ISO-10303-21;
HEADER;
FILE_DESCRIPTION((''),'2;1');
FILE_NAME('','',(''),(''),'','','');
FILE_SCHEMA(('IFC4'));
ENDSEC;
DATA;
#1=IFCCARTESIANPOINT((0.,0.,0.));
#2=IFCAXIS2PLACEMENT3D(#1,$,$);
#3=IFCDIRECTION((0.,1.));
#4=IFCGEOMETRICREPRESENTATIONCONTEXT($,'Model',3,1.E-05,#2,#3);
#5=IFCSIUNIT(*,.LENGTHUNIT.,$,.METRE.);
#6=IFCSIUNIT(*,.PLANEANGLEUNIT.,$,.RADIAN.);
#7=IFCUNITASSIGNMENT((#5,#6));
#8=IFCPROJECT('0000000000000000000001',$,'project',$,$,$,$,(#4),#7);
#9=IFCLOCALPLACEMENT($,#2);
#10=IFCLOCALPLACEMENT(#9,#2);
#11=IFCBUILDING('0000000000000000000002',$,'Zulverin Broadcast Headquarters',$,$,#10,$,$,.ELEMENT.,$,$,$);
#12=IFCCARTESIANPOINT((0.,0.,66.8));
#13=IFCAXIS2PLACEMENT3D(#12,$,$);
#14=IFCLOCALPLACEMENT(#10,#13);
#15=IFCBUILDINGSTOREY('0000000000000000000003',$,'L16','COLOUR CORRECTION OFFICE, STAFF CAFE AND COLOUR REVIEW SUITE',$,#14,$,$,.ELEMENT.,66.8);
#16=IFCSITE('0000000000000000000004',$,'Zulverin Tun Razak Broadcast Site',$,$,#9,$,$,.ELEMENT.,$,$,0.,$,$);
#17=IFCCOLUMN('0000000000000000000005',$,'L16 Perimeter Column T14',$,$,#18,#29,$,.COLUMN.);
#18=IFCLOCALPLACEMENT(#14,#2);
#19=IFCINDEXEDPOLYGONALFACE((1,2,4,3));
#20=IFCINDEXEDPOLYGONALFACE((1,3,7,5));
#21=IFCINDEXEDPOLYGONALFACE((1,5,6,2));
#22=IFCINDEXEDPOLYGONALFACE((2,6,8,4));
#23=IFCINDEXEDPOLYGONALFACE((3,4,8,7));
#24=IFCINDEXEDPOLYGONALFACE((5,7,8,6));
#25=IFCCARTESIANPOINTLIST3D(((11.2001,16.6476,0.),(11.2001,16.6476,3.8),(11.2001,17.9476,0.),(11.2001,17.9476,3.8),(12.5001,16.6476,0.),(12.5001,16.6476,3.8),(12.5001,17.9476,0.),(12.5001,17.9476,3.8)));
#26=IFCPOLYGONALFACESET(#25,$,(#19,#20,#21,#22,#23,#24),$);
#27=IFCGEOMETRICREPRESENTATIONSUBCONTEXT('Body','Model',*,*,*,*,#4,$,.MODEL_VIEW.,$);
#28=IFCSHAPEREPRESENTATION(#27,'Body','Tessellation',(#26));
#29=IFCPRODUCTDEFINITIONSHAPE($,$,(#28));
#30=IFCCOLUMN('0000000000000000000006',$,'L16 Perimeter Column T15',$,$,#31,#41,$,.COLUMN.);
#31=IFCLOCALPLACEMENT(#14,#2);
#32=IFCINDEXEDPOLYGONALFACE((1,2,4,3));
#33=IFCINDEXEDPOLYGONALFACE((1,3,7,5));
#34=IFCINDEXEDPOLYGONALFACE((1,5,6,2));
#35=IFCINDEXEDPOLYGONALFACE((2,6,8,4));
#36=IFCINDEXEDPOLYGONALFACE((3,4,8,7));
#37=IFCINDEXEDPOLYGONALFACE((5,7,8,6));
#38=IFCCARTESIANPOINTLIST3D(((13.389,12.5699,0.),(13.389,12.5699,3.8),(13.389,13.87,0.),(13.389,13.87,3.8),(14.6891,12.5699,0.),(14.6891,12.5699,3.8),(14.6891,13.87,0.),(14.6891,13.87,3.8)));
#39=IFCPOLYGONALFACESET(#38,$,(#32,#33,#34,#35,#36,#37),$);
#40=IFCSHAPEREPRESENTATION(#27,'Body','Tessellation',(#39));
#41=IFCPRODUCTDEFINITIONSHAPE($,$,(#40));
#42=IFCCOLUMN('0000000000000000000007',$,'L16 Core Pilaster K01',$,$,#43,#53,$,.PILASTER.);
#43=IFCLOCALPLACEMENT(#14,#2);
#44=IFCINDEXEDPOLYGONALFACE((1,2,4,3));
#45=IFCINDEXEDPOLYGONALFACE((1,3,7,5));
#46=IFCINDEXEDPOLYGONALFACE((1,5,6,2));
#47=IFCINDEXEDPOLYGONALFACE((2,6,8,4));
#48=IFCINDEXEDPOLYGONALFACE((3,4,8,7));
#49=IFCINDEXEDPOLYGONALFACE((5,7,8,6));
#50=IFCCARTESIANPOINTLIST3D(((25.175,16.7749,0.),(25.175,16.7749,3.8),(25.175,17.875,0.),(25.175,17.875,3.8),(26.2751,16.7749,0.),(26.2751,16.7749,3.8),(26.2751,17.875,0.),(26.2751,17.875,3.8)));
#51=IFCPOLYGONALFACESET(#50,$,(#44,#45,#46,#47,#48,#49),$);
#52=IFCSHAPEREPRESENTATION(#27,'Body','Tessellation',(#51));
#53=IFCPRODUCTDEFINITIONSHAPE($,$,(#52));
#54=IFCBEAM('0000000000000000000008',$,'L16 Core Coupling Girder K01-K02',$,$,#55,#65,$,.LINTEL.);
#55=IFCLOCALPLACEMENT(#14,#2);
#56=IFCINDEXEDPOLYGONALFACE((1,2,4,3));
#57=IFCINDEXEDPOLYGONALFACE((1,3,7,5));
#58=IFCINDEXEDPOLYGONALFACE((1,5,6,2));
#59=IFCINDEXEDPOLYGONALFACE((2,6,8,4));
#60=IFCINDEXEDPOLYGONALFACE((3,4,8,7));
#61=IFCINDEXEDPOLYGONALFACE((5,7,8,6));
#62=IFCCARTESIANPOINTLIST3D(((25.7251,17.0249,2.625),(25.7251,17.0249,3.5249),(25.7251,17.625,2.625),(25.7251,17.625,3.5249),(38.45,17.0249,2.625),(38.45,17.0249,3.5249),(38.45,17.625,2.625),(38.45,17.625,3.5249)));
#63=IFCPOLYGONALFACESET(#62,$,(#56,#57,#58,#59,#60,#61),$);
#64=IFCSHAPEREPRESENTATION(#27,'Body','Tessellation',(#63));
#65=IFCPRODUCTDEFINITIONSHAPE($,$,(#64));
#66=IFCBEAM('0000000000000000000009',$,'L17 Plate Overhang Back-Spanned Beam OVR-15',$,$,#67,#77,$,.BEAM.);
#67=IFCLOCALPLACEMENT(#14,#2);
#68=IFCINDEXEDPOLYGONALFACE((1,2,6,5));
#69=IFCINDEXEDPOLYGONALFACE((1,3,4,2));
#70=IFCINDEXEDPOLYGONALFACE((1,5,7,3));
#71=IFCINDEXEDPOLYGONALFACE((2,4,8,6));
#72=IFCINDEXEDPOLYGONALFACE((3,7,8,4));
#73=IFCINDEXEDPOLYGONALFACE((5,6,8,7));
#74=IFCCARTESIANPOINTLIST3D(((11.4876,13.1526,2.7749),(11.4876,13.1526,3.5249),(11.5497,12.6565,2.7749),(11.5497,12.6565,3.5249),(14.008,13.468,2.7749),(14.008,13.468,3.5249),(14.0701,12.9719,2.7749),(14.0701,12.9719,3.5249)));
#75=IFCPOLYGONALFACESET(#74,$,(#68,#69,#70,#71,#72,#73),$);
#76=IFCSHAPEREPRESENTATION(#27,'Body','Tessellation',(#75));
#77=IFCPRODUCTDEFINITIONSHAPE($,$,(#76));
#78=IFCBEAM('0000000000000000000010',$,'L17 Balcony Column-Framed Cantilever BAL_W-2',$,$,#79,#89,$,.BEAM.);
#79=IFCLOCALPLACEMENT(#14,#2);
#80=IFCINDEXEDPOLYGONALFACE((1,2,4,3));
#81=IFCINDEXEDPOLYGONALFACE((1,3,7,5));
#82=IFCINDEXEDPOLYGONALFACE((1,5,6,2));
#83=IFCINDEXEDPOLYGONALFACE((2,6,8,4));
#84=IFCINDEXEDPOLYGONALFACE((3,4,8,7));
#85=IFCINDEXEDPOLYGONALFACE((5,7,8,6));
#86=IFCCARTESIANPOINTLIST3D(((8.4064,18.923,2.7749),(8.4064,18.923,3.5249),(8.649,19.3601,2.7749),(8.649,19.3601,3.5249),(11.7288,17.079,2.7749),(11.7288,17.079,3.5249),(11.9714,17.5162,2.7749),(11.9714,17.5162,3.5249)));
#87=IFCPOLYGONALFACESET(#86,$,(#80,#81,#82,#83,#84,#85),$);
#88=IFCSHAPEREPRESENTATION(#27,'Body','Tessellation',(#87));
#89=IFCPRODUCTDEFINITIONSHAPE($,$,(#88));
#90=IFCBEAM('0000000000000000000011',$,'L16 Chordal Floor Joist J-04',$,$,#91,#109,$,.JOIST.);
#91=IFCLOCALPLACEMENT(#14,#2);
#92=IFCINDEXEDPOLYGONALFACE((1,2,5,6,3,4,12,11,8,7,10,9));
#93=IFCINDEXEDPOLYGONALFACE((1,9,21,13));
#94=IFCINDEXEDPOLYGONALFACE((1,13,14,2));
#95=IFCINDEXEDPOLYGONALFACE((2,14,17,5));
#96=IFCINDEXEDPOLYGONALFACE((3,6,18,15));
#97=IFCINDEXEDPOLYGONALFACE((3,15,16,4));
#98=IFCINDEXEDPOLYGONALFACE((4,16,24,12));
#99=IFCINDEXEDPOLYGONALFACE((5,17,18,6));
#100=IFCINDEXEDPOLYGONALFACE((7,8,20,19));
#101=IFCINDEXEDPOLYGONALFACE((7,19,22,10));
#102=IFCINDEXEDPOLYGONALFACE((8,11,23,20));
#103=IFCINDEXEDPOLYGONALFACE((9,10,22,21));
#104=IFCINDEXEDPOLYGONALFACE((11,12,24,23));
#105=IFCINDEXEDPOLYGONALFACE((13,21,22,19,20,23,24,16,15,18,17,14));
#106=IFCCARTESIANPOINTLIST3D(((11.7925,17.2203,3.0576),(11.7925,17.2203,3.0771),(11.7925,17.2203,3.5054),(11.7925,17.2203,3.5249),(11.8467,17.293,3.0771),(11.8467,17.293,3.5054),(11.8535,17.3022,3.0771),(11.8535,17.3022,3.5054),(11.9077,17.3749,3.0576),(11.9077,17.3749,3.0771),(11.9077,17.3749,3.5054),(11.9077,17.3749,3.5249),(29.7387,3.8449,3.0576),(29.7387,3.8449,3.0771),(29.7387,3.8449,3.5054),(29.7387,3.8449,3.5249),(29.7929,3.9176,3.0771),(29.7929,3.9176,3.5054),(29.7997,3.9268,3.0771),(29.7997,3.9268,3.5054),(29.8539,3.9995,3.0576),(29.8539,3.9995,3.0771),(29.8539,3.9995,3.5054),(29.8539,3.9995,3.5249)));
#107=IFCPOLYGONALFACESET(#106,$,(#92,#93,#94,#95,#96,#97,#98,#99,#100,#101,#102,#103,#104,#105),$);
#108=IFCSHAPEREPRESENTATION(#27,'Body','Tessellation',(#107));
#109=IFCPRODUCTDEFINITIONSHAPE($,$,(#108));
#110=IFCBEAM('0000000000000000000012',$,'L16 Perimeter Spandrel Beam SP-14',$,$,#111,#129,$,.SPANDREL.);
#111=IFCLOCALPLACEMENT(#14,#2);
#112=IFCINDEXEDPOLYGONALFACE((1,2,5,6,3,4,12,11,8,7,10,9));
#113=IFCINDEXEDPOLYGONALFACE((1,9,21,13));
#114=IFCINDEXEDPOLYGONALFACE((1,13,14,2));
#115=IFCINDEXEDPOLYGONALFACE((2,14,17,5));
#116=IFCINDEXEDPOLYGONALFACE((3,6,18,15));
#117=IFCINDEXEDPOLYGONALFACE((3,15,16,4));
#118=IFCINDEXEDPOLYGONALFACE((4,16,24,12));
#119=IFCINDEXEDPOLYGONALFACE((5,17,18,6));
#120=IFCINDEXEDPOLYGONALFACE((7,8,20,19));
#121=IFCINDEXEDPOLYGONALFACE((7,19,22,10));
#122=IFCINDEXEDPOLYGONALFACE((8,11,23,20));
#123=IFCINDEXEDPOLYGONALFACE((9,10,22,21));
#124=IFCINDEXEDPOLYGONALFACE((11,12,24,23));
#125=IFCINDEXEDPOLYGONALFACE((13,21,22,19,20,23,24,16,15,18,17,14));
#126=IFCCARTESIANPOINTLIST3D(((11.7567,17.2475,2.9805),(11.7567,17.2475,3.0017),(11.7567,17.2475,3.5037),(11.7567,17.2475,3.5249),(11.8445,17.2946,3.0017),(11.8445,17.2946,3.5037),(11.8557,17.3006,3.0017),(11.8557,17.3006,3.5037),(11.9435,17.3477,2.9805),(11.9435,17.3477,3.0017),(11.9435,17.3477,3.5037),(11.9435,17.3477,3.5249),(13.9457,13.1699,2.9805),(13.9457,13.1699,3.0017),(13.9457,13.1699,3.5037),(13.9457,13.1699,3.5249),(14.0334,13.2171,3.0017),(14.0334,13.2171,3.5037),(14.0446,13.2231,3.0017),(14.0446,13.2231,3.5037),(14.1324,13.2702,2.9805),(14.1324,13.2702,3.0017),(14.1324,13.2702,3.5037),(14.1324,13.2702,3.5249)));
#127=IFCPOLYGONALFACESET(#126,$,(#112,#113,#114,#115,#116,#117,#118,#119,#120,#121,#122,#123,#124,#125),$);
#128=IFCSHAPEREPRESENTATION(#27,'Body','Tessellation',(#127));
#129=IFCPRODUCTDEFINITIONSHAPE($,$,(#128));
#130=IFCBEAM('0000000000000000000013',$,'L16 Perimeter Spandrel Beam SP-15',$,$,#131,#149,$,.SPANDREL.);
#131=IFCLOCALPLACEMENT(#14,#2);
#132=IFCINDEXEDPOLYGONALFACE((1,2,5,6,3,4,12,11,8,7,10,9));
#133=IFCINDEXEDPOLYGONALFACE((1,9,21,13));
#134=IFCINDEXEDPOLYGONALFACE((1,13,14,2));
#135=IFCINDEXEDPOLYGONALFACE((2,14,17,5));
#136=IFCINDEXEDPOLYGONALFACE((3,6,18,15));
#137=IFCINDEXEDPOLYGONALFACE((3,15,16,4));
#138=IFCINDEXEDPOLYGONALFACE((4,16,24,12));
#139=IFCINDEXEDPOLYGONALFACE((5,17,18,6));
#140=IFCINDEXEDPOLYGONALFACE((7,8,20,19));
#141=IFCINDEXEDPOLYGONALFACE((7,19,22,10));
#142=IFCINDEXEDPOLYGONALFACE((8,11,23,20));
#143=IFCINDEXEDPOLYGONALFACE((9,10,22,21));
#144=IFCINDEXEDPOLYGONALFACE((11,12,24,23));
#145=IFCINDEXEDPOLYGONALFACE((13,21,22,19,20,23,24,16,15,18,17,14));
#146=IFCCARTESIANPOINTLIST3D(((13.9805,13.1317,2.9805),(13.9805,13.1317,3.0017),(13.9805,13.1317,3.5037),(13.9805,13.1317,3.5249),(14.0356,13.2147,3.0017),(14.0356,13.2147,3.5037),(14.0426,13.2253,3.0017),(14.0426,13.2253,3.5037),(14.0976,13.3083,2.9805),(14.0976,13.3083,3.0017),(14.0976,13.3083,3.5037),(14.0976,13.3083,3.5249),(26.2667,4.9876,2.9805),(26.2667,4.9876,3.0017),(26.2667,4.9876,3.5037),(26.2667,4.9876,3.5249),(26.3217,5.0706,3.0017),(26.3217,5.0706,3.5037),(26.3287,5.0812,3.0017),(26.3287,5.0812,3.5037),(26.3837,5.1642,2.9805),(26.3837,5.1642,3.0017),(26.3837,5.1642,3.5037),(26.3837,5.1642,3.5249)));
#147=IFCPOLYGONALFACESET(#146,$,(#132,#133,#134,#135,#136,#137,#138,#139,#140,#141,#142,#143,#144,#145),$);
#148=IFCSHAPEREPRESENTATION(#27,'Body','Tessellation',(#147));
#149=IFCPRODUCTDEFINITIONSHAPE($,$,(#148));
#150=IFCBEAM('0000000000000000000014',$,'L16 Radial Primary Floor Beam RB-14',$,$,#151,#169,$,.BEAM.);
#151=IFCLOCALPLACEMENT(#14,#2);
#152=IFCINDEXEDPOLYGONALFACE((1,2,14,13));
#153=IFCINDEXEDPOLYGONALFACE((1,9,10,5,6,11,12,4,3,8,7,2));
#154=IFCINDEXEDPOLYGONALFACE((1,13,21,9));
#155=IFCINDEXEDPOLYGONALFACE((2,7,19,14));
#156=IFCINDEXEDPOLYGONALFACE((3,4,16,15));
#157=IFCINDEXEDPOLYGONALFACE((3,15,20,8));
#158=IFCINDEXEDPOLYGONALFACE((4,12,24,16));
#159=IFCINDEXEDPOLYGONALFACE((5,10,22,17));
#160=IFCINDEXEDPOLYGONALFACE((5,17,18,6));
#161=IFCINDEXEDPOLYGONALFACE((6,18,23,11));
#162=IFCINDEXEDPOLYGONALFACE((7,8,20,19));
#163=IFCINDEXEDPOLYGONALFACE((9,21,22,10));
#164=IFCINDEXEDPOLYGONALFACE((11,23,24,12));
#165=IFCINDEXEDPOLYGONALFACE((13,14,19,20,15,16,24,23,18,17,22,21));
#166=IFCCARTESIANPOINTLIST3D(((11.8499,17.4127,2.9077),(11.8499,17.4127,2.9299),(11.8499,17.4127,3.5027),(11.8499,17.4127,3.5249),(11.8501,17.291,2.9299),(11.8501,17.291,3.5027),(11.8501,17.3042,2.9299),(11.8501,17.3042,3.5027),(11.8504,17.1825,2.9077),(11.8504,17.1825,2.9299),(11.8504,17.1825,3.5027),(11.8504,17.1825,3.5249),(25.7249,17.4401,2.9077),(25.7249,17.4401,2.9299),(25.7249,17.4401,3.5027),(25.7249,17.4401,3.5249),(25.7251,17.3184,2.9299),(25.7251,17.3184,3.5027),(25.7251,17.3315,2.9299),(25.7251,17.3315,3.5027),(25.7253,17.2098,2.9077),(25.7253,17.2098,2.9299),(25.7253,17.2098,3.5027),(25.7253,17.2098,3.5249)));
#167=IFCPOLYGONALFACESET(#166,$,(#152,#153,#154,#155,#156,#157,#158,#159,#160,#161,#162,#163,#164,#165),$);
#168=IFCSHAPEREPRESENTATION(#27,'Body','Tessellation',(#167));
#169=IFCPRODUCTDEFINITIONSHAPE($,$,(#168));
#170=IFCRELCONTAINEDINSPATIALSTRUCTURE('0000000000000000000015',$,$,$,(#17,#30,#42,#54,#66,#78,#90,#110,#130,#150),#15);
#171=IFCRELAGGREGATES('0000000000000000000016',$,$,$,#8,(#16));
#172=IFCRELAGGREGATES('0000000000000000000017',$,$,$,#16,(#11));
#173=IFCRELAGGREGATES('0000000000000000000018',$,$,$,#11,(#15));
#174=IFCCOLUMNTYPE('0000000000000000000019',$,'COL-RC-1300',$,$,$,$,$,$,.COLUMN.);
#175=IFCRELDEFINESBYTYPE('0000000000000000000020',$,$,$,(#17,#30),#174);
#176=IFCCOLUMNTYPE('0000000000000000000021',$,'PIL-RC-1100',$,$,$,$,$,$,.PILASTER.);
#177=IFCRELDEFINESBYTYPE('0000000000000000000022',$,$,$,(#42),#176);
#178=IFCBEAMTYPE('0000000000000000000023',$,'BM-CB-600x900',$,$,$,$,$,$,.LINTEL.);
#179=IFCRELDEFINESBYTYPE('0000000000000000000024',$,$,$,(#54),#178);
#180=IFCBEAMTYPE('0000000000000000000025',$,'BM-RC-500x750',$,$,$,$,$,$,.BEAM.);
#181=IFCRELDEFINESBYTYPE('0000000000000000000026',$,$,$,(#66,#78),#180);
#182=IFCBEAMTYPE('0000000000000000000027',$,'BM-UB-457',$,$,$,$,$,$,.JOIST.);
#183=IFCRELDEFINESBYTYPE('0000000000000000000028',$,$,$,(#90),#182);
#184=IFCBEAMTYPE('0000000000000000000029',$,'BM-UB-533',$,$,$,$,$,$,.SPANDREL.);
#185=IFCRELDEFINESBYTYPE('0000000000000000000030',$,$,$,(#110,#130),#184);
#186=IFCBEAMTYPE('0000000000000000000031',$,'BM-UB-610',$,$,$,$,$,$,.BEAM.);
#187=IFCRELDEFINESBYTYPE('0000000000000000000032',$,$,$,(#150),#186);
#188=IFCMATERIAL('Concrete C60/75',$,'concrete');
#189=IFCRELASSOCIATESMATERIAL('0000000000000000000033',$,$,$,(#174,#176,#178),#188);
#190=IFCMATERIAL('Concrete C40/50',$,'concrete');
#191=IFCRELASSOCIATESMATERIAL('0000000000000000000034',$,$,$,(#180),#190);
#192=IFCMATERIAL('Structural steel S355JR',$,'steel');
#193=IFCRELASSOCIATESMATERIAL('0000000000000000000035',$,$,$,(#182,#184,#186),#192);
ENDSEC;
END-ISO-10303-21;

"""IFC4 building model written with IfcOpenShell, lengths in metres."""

from ifc_helpers import new_model, si_unit, direction, frame, origin, origin_2d, place, context, subcontext, project, spatial, rectangle, i_section, extrude, material, material_profile, profile_set, type_object, element, save


model = new_model("IFC4")

# Units and contexts
model_context = context("Model", 3, precision=1e-05, world=origin(), true_north=direction((0.0, 1.0)))
body_context = subcontext(model_context, "Body", "Model", "MODEL_VIEW")
ifc_project = project(units=[si_unit("LENGTHUNIT", "METRE"), si_unit("PLANEANGLEUNIT", "RADIAN")], contexts=[model_context])

# Site, building, storey
site_placement = place(None, origin())
site = spatial("IfcSite", under=ifc_project, at=site_placement, Name="Zulverin Tun Razak Broadcast Site", CompositionType="ELEMENT", RefElevation=0.0)
building_placement = place(site_placement, origin())
building = spatial("IfcBuilding", under=site, at=building_placement, Name="Zulverin Broadcast Headquarters", CompositionType="ELEMENT")
storey_placement = place(building_placement, frame((0.0, 0.0, 66.8)))
storey = spatial("IfcBuildingStorey", under=building, at=storey_placement, Name="L16", Description="COLOUR CORRECTION OFFICE, STAFF CAFE AND COLOUR REVIEW SUITE", CompositionType="ELEMENT", Elevation=66.8)

# Columns
ifc_material_1 = material(Name="Concrete C60/75", Category="concrete")
ifc_material_profile_1 = material_profile(ifc_material_1, rectangle(XDim=1.3, YDim=1.3, at=origin_2d()), Name="Concrete C60/75", Category="concrete")
ifc_profile_set_1 = profile_set([ifc_material_profile_1], Name="Concrete C60/75")
column_type_1 = type_object("IfcColumnType", Name="COL-RC-1300", PredefinedType="COLUMN", material=ifc_profile_set_1)
for number, where, z_axis, x_axis, name in (
    (1, (11.8501, 17.2976, 0.0), (0.0, 0.0, 1.0), (1.0, 0.0, 0.0), "L16 Perimeter Column T14"),
    (2, (14.0391, 13.22, 0.0), (0.0, 0.0, 1.0), (1.0, 0.0, 0.0), "L16 Perimeter Column T15"),
):
    element("IfcColumn", number, at=place(storey_placement, frame(where, z_axis=z_axis, x_axis=x_axis)), inside=storey, type_object=column_type_1, Name=name, PredefinedType="COLUMN", context=body_context, shape_type="SweptSolid", body=[
        extrude(rectangle(XDim=1.3, YDim=1.3, at=origin_2d()), origin(), (0.0, 0.0, 1.0), 3.8),
    ])
ifc_material_profile_2 = material_profile(ifc_material_1, rectangle(XDim=1.1001, YDim=1.1001, at=origin_2d()), Name="Concrete C60/75", Category="concrete")
ifc_profile_set_2 = profile_set([ifc_material_profile_2], Name="Concrete C60/75")
column_type_2 = type_object("IfcColumnType", Name="PIL-RC-1100", PredefinedType="PILASTER", material=ifc_profile_set_2)
column_placement = place(storey_placement, frame((25.7251, 17.325, 0.0), z_axis=(0.0, 0.0, 1.0), x_axis=(1.0, 0.0, 0.0)))
element("IfcColumn", 3, at=column_placement, inside=storey, type_object=column_type_2, Name="L16 Core Pilaster K01", PredefinedType="PILASTER", context=body_context, shape_type="SweptSolid", body=[
    extrude(rectangle(XDim=1.1001, YDim=1.1001, at=origin_2d()), origin(), (0.0, 0.0, 1.0), 3.8),
])

# Beams
ifc_material_profile_3 = material_profile(ifc_material_1, rectangle(XDim=0.6001, YDim=0.8999, at=origin_2d()), Name="Concrete C60/75", Category="concrete")
ifc_profile_set_3 = profile_set([ifc_material_profile_3], Name="Concrete C60/75")
beam_type_1 = type_object("IfcBeamType", Name="BM-CB-600x900", PredefinedType="LINTEL", material=ifc_profile_set_3)
beam_1_placement = place(storey_placement, frame((25.7251, 17.325, 3.075), z_axis=(1.0, 0.0, 0.0), x_axis=(0.0, 1.0, 0.0)))
element("IfcBeam", 4, at=beam_1_placement, inside=storey, type_object=beam_type_1, Name="L16 Core Coupling Girder K01-K02", PredefinedType="LINTEL", context=body_context, shape_type="SweptSolid", body=[
    extrude(rectangle(XDim=0.6001, YDim=0.8999, at=origin_2d()), origin(), (0.0, 0.0, 1.0), 12.7249),
])
ifc_material_2 = material(Name="Concrete C40/50", Category="concrete")
ifc_material_profile_4 = material_profile(ifc_material_2, rectangle(XDim=0.5, YDim=0.75, at=origin_2d()), Name="Concrete C40/50", Category="concrete")
ifc_profile_set_4 = profile_set([ifc_material_profile_4], Name="Concrete C40/50")
beam_type_2 = type_object("IfcBeamType", Name="BM-RC-500x750", PredefinedType="BEAM", material=ifc_profile_set_4)
beam_2_placement = place(storey_placement, frame((14.0391, 13.22, 3.1499), z_axis=(-0.992259, -0.124189, 0.0), x_axis=(0.124189, -0.992259, 0.0)))
element("IfcBeam", 5, at=beam_2_placement, inside=storey, type_object=beam_type_2, Name="L17 Plate Overhang Back-Spanned Beam OVR-15", PredefinedType="BEAM", context=body_context, shape_type="SweptSolid", body=[
    extrude(rectangle(XDim=0.5, YDim=0.75, at=origin_2d()), origin(), (0.0, 0.0, 1.0), 2.54),
])
beam_3_placement = place(storey_placement, frame((11.8501, 17.2976, 3.1499), z_axis=(-0.874363, 0.485272, 0.0), x_axis=(-0.485272, -0.874363, 0.0)))
element("IfcBeam", 6, at=beam_3_placement, inside=storey, type_object=beam_type_2, Name="L17 Balcony Column-Framed Cantilever BAL_W-2", PredefinedType="BEAM", context=body_context, shape_type="SweptSolid", body=[
    extrude(rectangle(XDim=0.5, YDim=0.75, at=origin_2d()), origin(), (0.0, 0.0, 1.0), 3.7998),
])
ifc_material_3 = material(Name="Structural steel S355JR", Category="steel")
ifc_material_profile_5 = material_profile(ifc_material_3, i_section(OverallWidth=0.1929, OverallDepth=0.4673, WebThickness=0.0115, FlangeThickness=0.0195, at=origin_2d()), Name="Structural steel S355JR", Category="steel")
ifc_profile_set_5 = profile_set([ifc_material_profile_5], Name="Structural steel S355JR")
beam_type_3 = type_object("IfcBeamType", Name="BM-UB-457", PredefinedType="JOIST", material=ifc_profile_set_5)
beam_4_placement = place(storey_placement, frame((11.8501, 17.2976, 3.2913), z_axis=(0.801803, -0.597589, 0.0), x_axis=(0.597589, 0.801803, 0.0)))
element("IfcBeam", 7, at=beam_4_placement, inside=storey, type_object=beam_type_3, Name="L16 Chordal Floor Joist J-04", PredefinedType="JOIST", context=body_context, shape_type="SweptSolid", body=[
    extrude(i_section(OverallWidth=0.1929, OverallDepth=0.4673, WebThickness=0.0115, FlangeThickness=0.0195, at=origin_2d()), origin(), (0.0, 0.0, 1.0), 22.3823),
])
ifc_material_profile_6 = material_profile(ifc_material_3, i_section(OverallWidth=0.2119, OverallDepth=0.5444, WebThickness=0.0127, FlangeThickness=0.0212, at=origin_2d()), Name="Structural steel S355JR", Category="steel")
ifc_profile_set_6 = profile_set([ifc_material_profile_6], Name="Structural steel S355JR")
beam_type_4 = type_object("IfcBeamType", Name="BM-UB-533", PredefinedType="SPANDREL", material=ifc_profile_set_6)
beam_5_placement = place(storey_placement, frame((11.8501, 17.2976, 3.2527), z_axis=(0.47298, -0.881073, 0.0), x_axis=(0.881073, 0.47298, 0.0)))
element("IfcBeam", 8, at=beam_5_placement, inside=storey, type_object=beam_type_4, Name="L16 Perimeter Spandrel Beam SP-14", PredefinedType="SPANDREL", context=body_context, shape_type="SweptSolid", body=[
    extrude(i_section(OverallWidth=0.2119, OverallDepth=0.5444, WebThickness=0.0127, FlangeThickness=0.0212, at=origin_2d()), origin(), (0.0, 0.0, 1.0), 4.6279),
])
beam_6_placement = place(storey_placement, frame((14.0391, 13.22, 3.2527), z_axis=(0.83351, -0.552504, 0.0), x_axis=(0.552504, 0.83351, 0.0)))
element("IfcBeam", 9, at=beam_6_placement, inside=storey, type_object=beam_type_4, Name="L16 Perimeter Spandrel Beam SP-15", PredefinedType="SPANDREL", context=body_context, shape_type="SweptSolid", body=[
    extrude(i_section(OverallWidth=0.2119, OverallDepth=0.5444, WebThickness=0.0127, FlangeThickness=0.0212, at=origin_2d()), origin(), (0.0, 0.0, 1.0), 14.7402),
])
ifc_material_profile_7 = material_profile(ifc_material_3, i_section(OverallWidth=0.2302, OverallDepth=0.6172, WebThickness=0.0132, FlangeThickness=0.0222, at=origin_2d()), Name="Structural steel S355JR", Category="steel")
ifc_profile_set_7 = profile_set([ifc_material_profile_7], Name="Structural steel S355JR")
beam_type_5 = type_object("IfcBeamType", Name="BM-UB-610", PredefinedType="BEAM", material=ifc_profile_set_7)
beam_7_placement = place(storey_placement, frame((25.7251, 17.325, 3.2163), z_axis=(-0.999998, -0.001971, 0.0), x_axis=(0.001971, -0.999998, 0.0)))
element("IfcBeam", 10, at=beam_7_placement, inside=storey, type_object=beam_type_5, Name="L16 Radial Primary Floor Beam RB-14", PredefinedType="BEAM", context=body_context, shape_type="SweptSolid", body=[
    extrude(i_section(OverallWidth=0.2302, OverallDepth=0.6172, WebThickness=0.0132, FlangeThickness=0.0222, at=origin_2d()), origin(), (0.0, 0.0, 1.0), 13.875),
])

save(model, "model.ifc")
